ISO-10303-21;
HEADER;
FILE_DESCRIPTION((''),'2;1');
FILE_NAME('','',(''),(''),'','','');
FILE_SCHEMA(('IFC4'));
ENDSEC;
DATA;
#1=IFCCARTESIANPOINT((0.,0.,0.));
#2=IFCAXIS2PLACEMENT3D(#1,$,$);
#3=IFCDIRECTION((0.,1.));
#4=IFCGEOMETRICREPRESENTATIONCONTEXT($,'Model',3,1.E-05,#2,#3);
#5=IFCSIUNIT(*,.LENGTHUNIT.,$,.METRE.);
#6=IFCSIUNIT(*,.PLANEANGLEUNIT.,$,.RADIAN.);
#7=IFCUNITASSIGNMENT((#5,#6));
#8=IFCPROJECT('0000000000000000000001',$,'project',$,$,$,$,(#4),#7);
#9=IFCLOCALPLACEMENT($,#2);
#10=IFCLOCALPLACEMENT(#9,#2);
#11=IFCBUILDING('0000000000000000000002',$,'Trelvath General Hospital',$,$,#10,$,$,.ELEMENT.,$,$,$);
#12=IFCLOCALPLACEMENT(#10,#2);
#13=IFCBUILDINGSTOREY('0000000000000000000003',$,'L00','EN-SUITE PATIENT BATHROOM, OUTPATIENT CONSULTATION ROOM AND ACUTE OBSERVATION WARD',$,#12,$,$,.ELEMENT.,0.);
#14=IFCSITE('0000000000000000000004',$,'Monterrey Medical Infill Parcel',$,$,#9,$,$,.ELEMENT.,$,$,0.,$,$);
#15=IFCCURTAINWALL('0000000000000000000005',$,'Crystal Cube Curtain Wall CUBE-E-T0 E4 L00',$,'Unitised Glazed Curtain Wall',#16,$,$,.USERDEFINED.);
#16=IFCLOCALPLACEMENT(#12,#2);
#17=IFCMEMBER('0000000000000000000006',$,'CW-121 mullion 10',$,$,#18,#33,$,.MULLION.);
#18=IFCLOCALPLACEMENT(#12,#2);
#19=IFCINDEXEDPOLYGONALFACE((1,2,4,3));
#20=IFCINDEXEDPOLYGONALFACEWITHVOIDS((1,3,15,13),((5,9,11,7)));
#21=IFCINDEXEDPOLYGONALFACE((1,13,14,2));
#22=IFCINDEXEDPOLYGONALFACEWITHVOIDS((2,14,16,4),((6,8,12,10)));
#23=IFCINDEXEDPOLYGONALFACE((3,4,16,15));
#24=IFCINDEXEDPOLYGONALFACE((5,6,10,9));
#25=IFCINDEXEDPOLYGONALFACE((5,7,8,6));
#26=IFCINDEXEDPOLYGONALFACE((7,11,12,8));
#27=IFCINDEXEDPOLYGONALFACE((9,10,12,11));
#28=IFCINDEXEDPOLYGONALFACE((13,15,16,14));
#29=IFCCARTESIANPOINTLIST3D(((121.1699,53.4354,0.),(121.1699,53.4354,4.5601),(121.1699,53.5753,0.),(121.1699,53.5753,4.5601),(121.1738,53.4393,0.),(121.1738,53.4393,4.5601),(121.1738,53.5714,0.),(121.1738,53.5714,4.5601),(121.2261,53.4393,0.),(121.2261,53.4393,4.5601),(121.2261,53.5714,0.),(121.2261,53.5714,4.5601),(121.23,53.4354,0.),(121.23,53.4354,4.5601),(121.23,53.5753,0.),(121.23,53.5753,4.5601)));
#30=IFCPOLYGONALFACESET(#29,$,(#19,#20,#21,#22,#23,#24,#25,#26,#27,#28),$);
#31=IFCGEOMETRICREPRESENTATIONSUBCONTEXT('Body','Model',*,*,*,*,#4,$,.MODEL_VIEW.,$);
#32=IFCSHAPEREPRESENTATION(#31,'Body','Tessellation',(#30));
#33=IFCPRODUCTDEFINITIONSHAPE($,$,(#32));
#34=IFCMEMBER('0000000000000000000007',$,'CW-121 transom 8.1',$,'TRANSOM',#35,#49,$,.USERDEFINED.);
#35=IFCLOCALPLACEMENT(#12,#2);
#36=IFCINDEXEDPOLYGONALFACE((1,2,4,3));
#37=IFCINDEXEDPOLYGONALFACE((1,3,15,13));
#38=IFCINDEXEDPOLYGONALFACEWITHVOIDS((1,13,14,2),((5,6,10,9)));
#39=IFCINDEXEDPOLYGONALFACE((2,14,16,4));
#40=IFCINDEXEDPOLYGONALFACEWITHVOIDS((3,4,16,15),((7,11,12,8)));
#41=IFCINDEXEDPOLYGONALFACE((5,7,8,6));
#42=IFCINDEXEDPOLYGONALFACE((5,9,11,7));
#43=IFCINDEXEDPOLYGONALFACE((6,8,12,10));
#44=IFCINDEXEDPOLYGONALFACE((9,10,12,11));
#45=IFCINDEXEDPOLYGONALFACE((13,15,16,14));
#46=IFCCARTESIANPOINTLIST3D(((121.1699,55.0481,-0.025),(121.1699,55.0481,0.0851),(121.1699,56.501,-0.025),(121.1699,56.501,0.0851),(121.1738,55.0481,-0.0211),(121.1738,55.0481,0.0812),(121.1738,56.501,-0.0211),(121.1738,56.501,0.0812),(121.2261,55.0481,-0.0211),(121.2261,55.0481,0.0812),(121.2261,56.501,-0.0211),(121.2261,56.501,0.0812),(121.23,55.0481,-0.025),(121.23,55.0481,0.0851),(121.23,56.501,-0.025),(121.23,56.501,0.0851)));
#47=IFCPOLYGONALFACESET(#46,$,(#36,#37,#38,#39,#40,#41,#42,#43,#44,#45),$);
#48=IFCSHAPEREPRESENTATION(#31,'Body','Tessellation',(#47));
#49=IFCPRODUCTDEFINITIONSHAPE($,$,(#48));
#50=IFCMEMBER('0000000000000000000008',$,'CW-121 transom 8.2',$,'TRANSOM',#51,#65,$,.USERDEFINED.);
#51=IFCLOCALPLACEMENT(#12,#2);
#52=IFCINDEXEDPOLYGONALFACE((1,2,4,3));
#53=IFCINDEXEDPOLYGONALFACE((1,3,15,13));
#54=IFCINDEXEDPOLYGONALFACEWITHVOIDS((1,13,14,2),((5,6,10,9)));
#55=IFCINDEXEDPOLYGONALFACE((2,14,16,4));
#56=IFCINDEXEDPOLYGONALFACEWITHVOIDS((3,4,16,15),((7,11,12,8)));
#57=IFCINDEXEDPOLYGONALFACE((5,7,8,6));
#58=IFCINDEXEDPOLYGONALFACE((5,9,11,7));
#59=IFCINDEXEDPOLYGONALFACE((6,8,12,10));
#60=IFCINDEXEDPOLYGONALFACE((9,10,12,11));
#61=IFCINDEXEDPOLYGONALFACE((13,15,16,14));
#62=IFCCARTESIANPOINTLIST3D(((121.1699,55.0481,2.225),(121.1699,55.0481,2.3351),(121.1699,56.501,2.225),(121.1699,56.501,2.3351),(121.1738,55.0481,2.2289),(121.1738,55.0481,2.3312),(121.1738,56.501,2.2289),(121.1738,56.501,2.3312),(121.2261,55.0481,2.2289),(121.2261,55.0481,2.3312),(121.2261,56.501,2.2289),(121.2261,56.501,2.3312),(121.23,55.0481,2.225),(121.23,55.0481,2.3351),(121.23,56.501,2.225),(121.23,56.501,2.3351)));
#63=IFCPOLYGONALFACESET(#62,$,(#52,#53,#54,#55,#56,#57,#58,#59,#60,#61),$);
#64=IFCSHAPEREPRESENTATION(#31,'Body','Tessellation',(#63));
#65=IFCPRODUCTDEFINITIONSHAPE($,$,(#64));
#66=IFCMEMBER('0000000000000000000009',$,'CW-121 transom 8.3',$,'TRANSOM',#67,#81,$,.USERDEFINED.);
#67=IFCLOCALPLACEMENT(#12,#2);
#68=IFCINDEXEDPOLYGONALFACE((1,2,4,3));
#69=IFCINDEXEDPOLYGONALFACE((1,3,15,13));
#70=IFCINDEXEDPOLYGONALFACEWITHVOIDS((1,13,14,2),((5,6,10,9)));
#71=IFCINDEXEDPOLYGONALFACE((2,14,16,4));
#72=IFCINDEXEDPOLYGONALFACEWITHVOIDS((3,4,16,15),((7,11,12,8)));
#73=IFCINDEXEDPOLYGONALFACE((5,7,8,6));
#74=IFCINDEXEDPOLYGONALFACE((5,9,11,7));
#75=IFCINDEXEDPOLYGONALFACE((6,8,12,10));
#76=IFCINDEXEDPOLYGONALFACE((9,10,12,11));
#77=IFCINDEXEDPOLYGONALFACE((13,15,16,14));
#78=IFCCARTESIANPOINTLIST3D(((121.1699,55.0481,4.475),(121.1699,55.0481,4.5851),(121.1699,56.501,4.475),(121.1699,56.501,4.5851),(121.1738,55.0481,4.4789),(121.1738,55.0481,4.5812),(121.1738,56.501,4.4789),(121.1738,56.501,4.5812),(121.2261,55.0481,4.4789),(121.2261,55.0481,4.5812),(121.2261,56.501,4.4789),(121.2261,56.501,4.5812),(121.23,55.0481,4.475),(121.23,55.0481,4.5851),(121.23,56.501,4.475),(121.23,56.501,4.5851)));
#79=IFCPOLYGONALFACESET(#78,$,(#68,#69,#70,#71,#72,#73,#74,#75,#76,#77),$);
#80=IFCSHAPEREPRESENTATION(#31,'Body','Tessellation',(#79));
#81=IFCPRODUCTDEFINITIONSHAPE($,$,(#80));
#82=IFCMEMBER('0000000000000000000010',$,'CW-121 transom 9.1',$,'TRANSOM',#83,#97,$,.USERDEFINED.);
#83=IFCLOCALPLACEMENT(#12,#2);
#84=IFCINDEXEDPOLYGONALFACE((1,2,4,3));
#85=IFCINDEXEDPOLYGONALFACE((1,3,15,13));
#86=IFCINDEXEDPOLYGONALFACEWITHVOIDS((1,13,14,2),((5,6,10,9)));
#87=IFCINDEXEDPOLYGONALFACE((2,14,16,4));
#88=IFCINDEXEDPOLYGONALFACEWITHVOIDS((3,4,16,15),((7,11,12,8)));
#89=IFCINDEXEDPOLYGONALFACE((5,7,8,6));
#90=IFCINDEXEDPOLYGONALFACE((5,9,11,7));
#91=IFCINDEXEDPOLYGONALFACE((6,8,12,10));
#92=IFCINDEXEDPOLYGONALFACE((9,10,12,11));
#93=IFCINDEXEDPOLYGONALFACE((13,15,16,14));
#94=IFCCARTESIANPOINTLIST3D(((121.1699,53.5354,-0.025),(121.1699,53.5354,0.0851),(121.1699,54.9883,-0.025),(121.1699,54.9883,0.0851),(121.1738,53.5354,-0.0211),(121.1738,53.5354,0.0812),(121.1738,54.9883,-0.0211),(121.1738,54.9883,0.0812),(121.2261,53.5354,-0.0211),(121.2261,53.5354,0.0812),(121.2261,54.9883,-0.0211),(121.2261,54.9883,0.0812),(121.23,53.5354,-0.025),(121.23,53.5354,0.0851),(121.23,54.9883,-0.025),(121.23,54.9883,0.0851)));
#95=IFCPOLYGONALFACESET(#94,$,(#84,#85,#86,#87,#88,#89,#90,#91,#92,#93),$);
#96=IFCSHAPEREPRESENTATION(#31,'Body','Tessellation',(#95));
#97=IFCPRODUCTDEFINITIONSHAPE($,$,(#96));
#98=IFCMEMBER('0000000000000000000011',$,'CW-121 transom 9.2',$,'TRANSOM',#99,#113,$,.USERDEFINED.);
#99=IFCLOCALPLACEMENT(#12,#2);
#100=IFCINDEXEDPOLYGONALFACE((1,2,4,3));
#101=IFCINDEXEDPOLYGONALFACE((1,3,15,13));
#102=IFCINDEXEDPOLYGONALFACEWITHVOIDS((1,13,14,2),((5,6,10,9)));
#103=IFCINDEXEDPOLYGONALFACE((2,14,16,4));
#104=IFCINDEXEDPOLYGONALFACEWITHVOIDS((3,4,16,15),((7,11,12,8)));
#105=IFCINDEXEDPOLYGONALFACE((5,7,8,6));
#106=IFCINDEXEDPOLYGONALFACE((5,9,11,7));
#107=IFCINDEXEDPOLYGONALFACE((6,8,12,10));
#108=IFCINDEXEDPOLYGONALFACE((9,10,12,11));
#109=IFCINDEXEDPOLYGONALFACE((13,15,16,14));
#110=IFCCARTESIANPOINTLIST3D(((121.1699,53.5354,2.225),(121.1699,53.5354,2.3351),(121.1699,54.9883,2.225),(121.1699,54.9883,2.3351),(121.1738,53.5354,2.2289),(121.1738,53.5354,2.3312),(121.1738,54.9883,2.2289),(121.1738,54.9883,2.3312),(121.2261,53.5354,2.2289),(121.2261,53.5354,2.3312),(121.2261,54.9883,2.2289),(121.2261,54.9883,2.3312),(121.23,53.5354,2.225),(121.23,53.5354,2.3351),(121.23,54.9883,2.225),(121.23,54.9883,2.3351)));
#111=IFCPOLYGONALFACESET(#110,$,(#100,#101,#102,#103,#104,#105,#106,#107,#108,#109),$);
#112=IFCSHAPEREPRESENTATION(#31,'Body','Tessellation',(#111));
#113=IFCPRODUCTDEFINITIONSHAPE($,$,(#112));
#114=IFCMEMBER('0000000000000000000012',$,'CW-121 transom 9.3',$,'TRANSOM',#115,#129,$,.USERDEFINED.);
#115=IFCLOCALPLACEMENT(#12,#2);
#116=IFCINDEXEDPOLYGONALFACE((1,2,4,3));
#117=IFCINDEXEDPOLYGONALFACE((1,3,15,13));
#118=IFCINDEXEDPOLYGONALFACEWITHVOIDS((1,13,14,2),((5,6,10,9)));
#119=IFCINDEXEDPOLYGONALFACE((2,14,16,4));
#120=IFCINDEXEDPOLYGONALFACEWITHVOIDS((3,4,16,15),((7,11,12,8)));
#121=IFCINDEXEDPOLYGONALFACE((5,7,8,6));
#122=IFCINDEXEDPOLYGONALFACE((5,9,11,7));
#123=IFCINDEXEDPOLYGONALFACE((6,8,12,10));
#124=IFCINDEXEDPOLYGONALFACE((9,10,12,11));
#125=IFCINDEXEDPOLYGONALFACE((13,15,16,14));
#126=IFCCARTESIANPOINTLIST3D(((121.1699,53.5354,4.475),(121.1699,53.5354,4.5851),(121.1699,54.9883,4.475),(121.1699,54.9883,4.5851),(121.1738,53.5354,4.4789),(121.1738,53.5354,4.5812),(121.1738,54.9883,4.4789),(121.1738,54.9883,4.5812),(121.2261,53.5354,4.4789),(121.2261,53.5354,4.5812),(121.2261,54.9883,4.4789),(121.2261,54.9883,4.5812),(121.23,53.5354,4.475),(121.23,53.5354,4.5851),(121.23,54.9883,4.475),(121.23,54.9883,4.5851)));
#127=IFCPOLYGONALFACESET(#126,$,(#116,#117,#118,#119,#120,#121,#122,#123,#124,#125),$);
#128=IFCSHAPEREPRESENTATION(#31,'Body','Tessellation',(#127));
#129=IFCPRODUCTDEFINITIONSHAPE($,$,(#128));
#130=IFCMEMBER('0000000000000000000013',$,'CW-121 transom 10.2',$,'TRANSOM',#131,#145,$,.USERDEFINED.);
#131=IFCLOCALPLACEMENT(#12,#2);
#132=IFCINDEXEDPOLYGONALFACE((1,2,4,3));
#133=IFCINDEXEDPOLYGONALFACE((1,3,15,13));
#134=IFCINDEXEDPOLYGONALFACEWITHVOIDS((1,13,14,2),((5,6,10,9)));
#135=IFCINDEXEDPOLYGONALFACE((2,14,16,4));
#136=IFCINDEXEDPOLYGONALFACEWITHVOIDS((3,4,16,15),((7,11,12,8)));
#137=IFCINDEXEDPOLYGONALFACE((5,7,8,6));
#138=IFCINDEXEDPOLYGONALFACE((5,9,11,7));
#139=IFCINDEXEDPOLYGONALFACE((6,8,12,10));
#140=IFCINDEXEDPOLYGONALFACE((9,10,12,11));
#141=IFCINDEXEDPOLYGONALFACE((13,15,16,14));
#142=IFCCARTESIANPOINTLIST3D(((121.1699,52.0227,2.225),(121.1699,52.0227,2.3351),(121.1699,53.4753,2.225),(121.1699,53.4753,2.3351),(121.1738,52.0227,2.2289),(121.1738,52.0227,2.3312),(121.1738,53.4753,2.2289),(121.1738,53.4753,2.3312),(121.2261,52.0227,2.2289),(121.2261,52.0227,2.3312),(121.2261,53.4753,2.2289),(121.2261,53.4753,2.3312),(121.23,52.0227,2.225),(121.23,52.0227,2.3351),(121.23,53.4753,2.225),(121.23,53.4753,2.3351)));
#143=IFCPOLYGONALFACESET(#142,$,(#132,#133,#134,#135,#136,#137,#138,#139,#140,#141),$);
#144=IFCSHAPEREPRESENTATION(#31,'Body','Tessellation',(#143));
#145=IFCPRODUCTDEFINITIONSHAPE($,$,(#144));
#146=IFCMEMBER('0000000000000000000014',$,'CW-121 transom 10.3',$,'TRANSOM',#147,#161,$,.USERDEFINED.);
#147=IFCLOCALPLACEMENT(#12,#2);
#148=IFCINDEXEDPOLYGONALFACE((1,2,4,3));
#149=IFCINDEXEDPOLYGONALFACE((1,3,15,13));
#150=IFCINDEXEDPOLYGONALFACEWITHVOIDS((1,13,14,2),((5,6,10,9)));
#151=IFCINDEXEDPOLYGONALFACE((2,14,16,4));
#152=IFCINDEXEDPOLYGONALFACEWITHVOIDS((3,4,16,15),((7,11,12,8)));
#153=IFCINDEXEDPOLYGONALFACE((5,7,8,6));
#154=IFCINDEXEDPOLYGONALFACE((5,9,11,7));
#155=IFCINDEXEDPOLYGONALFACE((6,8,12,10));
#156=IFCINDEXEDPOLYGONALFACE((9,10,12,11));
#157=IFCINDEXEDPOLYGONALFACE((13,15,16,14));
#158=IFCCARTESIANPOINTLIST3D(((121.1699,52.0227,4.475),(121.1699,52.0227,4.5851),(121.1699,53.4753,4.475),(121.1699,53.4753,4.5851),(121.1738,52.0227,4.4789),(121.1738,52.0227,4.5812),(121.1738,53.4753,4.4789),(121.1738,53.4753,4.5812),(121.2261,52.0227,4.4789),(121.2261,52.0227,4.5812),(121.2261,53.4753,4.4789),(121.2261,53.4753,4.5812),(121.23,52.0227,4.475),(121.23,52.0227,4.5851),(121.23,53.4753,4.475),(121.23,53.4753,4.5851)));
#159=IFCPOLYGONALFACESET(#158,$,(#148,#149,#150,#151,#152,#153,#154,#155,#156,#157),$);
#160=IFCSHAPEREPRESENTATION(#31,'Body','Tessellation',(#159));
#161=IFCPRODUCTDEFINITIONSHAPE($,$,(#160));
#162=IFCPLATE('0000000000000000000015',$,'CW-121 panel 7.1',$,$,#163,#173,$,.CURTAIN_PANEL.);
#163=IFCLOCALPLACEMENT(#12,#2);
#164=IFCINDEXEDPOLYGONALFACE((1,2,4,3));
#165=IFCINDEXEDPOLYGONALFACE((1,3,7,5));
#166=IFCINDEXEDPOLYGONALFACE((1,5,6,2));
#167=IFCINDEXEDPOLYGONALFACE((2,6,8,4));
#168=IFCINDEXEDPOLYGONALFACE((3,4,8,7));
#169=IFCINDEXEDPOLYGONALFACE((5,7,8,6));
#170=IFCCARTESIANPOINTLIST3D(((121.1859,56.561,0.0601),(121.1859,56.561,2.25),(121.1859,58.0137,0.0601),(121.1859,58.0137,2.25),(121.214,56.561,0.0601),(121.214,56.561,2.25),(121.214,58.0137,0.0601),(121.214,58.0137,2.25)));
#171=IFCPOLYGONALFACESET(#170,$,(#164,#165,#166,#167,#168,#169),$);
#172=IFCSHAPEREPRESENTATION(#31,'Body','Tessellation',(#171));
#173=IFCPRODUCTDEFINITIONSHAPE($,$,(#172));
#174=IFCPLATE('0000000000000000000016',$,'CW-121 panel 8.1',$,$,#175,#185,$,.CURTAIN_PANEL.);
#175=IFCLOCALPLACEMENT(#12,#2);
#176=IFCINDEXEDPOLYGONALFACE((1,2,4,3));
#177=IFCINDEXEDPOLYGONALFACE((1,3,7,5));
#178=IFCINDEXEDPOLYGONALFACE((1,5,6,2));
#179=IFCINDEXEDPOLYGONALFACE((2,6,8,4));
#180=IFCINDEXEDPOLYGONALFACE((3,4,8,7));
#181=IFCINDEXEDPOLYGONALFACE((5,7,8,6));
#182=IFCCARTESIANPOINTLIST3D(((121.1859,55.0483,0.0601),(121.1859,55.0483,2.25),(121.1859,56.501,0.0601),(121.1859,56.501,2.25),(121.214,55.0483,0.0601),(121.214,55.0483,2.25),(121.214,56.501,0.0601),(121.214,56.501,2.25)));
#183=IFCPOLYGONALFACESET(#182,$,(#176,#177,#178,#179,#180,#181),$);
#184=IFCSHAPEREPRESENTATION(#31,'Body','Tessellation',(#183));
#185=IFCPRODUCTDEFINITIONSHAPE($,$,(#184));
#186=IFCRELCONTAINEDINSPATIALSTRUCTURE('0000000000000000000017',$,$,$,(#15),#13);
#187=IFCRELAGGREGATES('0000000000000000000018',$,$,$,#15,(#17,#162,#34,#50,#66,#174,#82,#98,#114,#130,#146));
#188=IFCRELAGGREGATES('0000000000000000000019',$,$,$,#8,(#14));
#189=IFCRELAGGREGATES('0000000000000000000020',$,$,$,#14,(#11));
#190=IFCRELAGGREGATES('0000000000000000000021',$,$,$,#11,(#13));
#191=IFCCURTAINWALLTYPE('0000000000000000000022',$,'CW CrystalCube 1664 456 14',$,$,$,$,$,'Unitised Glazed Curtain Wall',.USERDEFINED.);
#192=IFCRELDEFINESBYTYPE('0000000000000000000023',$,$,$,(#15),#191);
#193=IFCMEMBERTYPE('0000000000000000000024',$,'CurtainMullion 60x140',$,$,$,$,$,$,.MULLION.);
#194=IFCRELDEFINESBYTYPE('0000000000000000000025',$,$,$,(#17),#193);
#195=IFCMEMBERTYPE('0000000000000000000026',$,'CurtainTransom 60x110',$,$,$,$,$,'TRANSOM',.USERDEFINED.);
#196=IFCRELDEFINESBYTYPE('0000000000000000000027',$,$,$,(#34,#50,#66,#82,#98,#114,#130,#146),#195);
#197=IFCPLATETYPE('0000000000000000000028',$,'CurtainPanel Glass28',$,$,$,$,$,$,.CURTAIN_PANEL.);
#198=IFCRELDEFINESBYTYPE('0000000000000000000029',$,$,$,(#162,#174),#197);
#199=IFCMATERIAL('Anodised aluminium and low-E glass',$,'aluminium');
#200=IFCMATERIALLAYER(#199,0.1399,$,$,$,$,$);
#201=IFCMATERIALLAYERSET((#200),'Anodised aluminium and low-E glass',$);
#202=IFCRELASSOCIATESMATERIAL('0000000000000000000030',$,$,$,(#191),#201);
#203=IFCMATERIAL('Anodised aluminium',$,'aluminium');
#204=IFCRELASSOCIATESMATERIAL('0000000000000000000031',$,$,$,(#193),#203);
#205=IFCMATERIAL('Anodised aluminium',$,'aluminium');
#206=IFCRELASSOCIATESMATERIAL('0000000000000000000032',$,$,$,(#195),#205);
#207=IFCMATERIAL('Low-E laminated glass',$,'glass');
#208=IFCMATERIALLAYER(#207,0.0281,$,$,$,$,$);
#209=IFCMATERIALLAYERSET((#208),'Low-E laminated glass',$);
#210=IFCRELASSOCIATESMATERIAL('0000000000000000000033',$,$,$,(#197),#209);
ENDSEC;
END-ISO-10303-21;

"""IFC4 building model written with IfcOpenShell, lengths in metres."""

from ifc_helpers import new_model, si_unit, direction, frame, origin, origin_2d, place, context, subcontext, project, spatial, rectangle, hollow_rectangle, extrude, material, layer, layer_set, material_profile, profile_set, type_object, element, aggregate, save


model = new_model("IFC4")

# Units and contexts
model_context = context("Model", 3, precision=1e-05, world=origin(), true_north=direction((0.0, 1.0)))
body_context = subcontext(model_context, "Body", "Model", "MODEL_VIEW")
ifc_project = project(units=[si_unit("LENGTHUNIT", "METRE"), si_unit("PLANEANGLEUNIT", "RADIAN")], contexts=[model_context])

# Site, building, storey
site_placement = place(None, origin())
site = spatial("IfcSite", under=ifc_project, at=site_placement, Name="Monterrey Medical Infill Parcel", CompositionType="ELEMENT", RefElevation=0.0)
building_placement = place(site_placement, origin())
building = spatial("IfcBuilding", under=site, at=building_placement, Name="Trelvath General Hospital", CompositionType="ELEMENT")
storey_placement = place(building_placement, origin())
storey = spatial("IfcBuildingStorey", under=building, at=storey_placement, Name="L00", Description="EN-SUITE PATIENT BATHROOM, OUTPATIENT CONSULTATION ROOM AND ACUTE OBSERVATION WARD", CompositionType="ELEMENT", Elevation=0.0)

# Curtain wall, members, plates
ifc_material_1 = material(Name="Anodised aluminium and low-E glass", Category="aluminium")
ifc_layer_1 = layer(ifc_material_1, 0.1399)
ifc_layer_set_1 = layer_set([ifc_layer_1], Name="Anodised aluminium and low-E glass")
curtain_wall_type = type_object("IfcCurtainWallType", Name="CW CrystalCube 1664 456 14", ElementType="Unitised Glazed Curtain Wall", PredefinedType="USERDEFINED", material=ifc_layer_set_1)
curtain_wall_placement = place(storey_placement, origin())
curtain_wall = element("IfcCurtainWall", 1, at=curtain_wall_placement, inside=storey, type_object=curtain_wall_type, Name="Crystal Cube Curtain Wall CUBE-E-T0 E4 L00", ObjectType="Unitised Glazed Curtain Wall", PredefinedType="USERDEFINED")
ifc_material_2 = material(Name="Anodised aluminium", Category="aluminium")
ifc_material_profile_1 = material_profile(ifc_material_2, hollow_rectangle(XDim=0.0601, YDim=0.1399, WallThickness=0.0039, at=origin_2d()), Name="RHS60x140x4")
ifc_profile_set_1 = profile_set([ifc_material_profile_1], Name="Anodised aluminium")
member_type_1 = type_object("IfcMemberType", Name="CurtainMullion 60x140", PredefinedType="MULLION", material=ifc_profile_set_1)
member_1_placement = place(storey_placement, frame((121.2, 53.5054, 0.0), z_axis=(0.0, 0.0, 1.0), x_axis=(1.0, 0.0, 0.0)))
member_1 = element("IfcMember", 2, at=member_1_placement, type_object=member_type_1, Name="CW-121 mullion 10", PredefinedType="MULLION", context=body_context, shape_type="SweptSolid", body=[
    extrude(hollow_rectangle(XDim=0.0601, YDim=0.1399, WallThickness=0.0039, at=origin_2d()), origin(), (0.0, 0.0, 1.0), 4.5601),
])
ifc_material_3 = material(Name="Anodised aluminium", Category="aluminium")
ifc_material_profile_2 = material_profile(ifc_material_3, hollow_rectangle(XDim=0.0601, YDim=0.1101, WallThickness=0.0039, at=origin_2d()), Name="RHS60x110x4")
ifc_profile_set_2 = profile_set([ifc_material_profile_2], Name="Anodised aluminium")
member_type_2 = type_object("IfcMemberType", Name="CurtainTransom 60x110", ElementType="TRANSOM", PredefinedType="USERDEFINED", material=ifc_profile_set_2)
member_2_placement = place(storey_placement, frame((121.2, 56.501, 0.03), z_axis=(0.0, -1.0, 0.0), x_axis=(1.0, 0.0, 0.0)))
member_2 = element("IfcMember", 3, at=member_2_placement, type_object=member_type_2, Name="CW-121 transom 8.1", ObjectType="TRANSOM", PredefinedType="USERDEFINED", context=body_context, shape_type="SweptSolid", body=[
    extrude(hollow_rectangle(XDim=0.0601, YDim=0.1101, WallThickness=0.0039, at=origin_2d()), origin(), (0.0, 0.0, 1.0), 1.4529),
])
member_3_placement = place(storey_placement, frame((121.2, 56.501, 2.28), z_axis=(0.0, -1.0, 0.0), x_axis=(1.0, 0.0, 0.0)))
member_3 = element("IfcMember", 4, at=member_3_placement, type_object=member_type_2, Name="CW-121 transom 8.2", ObjectType="TRANSOM", PredefinedType="USERDEFINED", context=body_context, shape_type="SweptSolid", body=[
    extrude(hollow_rectangle(XDim=0.0601, YDim=0.1101, WallThickness=0.0039, at=origin_2d()), origin(), (0.0, 0.0, 1.0), 1.4529),
])
member_4_placement = place(storey_placement, frame((121.2, 56.501, 4.53), z_axis=(0.0, -1.0, 0.0), x_axis=(1.0, 0.0, 0.0)))
member_4 = element("IfcMember", 5, at=member_4_placement, type_object=member_type_2, Name="CW-121 transom 8.3", ObjectType="TRANSOM", PredefinedType="USERDEFINED", context=body_context, shape_type="SweptSolid", body=[
    extrude(hollow_rectangle(XDim=0.0601, YDim=0.1101, WallThickness=0.0039, at=origin_2d()), origin(), (0.0, 0.0, 1.0), 1.4529),
])
member_5_placement = place(storey_placement, frame((121.2, 54.9883, 0.03), z_axis=(0.0, -1.0, 0.0), x_axis=(1.0, 0.0, 0.0)))
member_5 = element("IfcMember", 6, at=member_5_placement, type_object=member_type_2, Name="CW-121 transom 9.1", ObjectType="TRANSOM", PredefinedType="USERDEFINED", context=body_context, shape_type="SweptSolid", body=[
    extrude(hollow_rectangle(XDim=0.0601, YDim=0.1101, WallThickness=0.0039, at=origin_2d()), origin(), (0.0, 0.0, 1.0), 1.4529),
])
member_6_placement = place(storey_placement, frame((121.2, 54.9883, 2.28), z_axis=(0.0, -1.0, 0.0), x_axis=(1.0, 0.0, 0.0)))
member_6 = element("IfcMember", 7, at=member_6_placement, type_object=member_type_2, Name="CW-121 transom 9.2", ObjectType="TRANSOM", PredefinedType="USERDEFINED", context=body_context, shape_type="SweptSolid", body=[
    extrude(hollow_rectangle(XDim=0.0601, YDim=0.1101, WallThickness=0.0039, at=origin_2d()), origin(), (0.0, 0.0, 1.0), 1.4529),
])
member_7_placement = place(storey_placement, frame((121.2, 54.9883, 4.53), z_axis=(0.0, -1.0, 0.0), x_axis=(1.0, 0.0, 0.0)))
member_7 = element("IfcMember", 8, at=member_7_placement, type_object=member_type_2, Name="CW-121 transom 9.3", ObjectType="TRANSOM", PredefinedType="USERDEFINED", context=body_context, shape_type="SweptSolid", body=[
    extrude(hollow_rectangle(XDim=0.0601, YDim=0.1101, WallThickness=0.0039, at=origin_2d()), origin(), (0.0, 0.0, 1.0), 1.4529),
])
member_8_placement = place(storey_placement, frame((121.2, 53.4753, 2.28), z_axis=(0.0, -1.0, 0.0), x_axis=(1.0, 0.0, 0.0)))
member_8 = element("IfcMember", 9, at=member_8_placement, type_object=member_type_2, Name="CW-121 transom 10.2", ObjectType="TRANSOM", PredefinedType="USERDEFINED", context=body_context, shape_type="SweptSolid", body=[
    extrude(hollow_rectangle(XDim=0.0601, YDim=0.1101, WallThickness=0.0039, at=origin_2d()), origin(), (0.0, 0.0, 1.0), 1.4526),
])
member_9_placement = place(storey_placement, frame((121.2, 53.4753, 4.53), z_axis=(0.0, -1.0, 0.0), x_axis=(1.0, 0.0, 0.0)))
member_9 = element("IfcMember", 10, at=member_9_placement, type_object=member_type_2, Name="CW-121 transom 10.3", ObjectType="TRANSOM", PredefinedType="USERDEFINED", context=body_context, shape_type="SweptSolid", body=[
    extrude(hollow_rectangle(XDim=0.0601, YDim=0.1101, WallThickness=0.0039, at=origin_2d()), origin(), (0.0, 0.0, 1.0), 1.4526),
])
ifc_material_4 = material(Name="Low-E laminated glass", Category="glass")
ifc_layer_2 = layer(ifc_material_4, 0.0281)
ifc_layer_set_2 = layer_set([ifc_layer_2], Name="Low-E laminated glass")
plate_type = type_object("IfcPlateType", Name="CurtainPanel Glass28", PredefinedType="CURTAIN_PANEL", material=ifc_layer_set_2)
plate_1_placement = place(storey_placement, frame((121.2, 57.2874, 0.0601), z_axis=(0.0, 0.0, 1.0), x_axis=(0.0, -1.0, 0.0)))
plate_1 = element("IfcPlate", 11, at=plate_1_placement, type_object=plate_type, Name="CW-121 panel 7.1", PredefinedType="CURTAIN_PANEL", context=body_context, shape_type="SweptSolid", body=[
    extrude(rectangle(XDim=1.4526, YDim=0.0281, at=origin_2d()), origin(), (0.0, 0.0, 1.0), 2.1899),
])
plate_2_placement = place(storey_placement, frame((121.2, 55.7747, 0.0601), z_axis=(0.0, 0.0, 1.0), x_axis=(0.0, -1.0, 0.0)))
plate_2 = element("IfcPlate", 12, at=plate_2_placement, type_object=plate_type, Name="CW-121 panel 8.1", PredefinedType="CURTAIN_PANEL", context=body_context, shape_type="SweptSolid", body=[
    extrude(rectangle(XDim=1.4526, YDim=0.0281, at=origin_2d()), origin(), (0.0, 0.0, 1.0), 2.1899),
])
aggregate(curtain_wall, [member_1, plate_1, member_2, member_3, member_4, plate_2, member_5, member_6, member_7, member_8, member_9])

save(model, "model.ifc")
